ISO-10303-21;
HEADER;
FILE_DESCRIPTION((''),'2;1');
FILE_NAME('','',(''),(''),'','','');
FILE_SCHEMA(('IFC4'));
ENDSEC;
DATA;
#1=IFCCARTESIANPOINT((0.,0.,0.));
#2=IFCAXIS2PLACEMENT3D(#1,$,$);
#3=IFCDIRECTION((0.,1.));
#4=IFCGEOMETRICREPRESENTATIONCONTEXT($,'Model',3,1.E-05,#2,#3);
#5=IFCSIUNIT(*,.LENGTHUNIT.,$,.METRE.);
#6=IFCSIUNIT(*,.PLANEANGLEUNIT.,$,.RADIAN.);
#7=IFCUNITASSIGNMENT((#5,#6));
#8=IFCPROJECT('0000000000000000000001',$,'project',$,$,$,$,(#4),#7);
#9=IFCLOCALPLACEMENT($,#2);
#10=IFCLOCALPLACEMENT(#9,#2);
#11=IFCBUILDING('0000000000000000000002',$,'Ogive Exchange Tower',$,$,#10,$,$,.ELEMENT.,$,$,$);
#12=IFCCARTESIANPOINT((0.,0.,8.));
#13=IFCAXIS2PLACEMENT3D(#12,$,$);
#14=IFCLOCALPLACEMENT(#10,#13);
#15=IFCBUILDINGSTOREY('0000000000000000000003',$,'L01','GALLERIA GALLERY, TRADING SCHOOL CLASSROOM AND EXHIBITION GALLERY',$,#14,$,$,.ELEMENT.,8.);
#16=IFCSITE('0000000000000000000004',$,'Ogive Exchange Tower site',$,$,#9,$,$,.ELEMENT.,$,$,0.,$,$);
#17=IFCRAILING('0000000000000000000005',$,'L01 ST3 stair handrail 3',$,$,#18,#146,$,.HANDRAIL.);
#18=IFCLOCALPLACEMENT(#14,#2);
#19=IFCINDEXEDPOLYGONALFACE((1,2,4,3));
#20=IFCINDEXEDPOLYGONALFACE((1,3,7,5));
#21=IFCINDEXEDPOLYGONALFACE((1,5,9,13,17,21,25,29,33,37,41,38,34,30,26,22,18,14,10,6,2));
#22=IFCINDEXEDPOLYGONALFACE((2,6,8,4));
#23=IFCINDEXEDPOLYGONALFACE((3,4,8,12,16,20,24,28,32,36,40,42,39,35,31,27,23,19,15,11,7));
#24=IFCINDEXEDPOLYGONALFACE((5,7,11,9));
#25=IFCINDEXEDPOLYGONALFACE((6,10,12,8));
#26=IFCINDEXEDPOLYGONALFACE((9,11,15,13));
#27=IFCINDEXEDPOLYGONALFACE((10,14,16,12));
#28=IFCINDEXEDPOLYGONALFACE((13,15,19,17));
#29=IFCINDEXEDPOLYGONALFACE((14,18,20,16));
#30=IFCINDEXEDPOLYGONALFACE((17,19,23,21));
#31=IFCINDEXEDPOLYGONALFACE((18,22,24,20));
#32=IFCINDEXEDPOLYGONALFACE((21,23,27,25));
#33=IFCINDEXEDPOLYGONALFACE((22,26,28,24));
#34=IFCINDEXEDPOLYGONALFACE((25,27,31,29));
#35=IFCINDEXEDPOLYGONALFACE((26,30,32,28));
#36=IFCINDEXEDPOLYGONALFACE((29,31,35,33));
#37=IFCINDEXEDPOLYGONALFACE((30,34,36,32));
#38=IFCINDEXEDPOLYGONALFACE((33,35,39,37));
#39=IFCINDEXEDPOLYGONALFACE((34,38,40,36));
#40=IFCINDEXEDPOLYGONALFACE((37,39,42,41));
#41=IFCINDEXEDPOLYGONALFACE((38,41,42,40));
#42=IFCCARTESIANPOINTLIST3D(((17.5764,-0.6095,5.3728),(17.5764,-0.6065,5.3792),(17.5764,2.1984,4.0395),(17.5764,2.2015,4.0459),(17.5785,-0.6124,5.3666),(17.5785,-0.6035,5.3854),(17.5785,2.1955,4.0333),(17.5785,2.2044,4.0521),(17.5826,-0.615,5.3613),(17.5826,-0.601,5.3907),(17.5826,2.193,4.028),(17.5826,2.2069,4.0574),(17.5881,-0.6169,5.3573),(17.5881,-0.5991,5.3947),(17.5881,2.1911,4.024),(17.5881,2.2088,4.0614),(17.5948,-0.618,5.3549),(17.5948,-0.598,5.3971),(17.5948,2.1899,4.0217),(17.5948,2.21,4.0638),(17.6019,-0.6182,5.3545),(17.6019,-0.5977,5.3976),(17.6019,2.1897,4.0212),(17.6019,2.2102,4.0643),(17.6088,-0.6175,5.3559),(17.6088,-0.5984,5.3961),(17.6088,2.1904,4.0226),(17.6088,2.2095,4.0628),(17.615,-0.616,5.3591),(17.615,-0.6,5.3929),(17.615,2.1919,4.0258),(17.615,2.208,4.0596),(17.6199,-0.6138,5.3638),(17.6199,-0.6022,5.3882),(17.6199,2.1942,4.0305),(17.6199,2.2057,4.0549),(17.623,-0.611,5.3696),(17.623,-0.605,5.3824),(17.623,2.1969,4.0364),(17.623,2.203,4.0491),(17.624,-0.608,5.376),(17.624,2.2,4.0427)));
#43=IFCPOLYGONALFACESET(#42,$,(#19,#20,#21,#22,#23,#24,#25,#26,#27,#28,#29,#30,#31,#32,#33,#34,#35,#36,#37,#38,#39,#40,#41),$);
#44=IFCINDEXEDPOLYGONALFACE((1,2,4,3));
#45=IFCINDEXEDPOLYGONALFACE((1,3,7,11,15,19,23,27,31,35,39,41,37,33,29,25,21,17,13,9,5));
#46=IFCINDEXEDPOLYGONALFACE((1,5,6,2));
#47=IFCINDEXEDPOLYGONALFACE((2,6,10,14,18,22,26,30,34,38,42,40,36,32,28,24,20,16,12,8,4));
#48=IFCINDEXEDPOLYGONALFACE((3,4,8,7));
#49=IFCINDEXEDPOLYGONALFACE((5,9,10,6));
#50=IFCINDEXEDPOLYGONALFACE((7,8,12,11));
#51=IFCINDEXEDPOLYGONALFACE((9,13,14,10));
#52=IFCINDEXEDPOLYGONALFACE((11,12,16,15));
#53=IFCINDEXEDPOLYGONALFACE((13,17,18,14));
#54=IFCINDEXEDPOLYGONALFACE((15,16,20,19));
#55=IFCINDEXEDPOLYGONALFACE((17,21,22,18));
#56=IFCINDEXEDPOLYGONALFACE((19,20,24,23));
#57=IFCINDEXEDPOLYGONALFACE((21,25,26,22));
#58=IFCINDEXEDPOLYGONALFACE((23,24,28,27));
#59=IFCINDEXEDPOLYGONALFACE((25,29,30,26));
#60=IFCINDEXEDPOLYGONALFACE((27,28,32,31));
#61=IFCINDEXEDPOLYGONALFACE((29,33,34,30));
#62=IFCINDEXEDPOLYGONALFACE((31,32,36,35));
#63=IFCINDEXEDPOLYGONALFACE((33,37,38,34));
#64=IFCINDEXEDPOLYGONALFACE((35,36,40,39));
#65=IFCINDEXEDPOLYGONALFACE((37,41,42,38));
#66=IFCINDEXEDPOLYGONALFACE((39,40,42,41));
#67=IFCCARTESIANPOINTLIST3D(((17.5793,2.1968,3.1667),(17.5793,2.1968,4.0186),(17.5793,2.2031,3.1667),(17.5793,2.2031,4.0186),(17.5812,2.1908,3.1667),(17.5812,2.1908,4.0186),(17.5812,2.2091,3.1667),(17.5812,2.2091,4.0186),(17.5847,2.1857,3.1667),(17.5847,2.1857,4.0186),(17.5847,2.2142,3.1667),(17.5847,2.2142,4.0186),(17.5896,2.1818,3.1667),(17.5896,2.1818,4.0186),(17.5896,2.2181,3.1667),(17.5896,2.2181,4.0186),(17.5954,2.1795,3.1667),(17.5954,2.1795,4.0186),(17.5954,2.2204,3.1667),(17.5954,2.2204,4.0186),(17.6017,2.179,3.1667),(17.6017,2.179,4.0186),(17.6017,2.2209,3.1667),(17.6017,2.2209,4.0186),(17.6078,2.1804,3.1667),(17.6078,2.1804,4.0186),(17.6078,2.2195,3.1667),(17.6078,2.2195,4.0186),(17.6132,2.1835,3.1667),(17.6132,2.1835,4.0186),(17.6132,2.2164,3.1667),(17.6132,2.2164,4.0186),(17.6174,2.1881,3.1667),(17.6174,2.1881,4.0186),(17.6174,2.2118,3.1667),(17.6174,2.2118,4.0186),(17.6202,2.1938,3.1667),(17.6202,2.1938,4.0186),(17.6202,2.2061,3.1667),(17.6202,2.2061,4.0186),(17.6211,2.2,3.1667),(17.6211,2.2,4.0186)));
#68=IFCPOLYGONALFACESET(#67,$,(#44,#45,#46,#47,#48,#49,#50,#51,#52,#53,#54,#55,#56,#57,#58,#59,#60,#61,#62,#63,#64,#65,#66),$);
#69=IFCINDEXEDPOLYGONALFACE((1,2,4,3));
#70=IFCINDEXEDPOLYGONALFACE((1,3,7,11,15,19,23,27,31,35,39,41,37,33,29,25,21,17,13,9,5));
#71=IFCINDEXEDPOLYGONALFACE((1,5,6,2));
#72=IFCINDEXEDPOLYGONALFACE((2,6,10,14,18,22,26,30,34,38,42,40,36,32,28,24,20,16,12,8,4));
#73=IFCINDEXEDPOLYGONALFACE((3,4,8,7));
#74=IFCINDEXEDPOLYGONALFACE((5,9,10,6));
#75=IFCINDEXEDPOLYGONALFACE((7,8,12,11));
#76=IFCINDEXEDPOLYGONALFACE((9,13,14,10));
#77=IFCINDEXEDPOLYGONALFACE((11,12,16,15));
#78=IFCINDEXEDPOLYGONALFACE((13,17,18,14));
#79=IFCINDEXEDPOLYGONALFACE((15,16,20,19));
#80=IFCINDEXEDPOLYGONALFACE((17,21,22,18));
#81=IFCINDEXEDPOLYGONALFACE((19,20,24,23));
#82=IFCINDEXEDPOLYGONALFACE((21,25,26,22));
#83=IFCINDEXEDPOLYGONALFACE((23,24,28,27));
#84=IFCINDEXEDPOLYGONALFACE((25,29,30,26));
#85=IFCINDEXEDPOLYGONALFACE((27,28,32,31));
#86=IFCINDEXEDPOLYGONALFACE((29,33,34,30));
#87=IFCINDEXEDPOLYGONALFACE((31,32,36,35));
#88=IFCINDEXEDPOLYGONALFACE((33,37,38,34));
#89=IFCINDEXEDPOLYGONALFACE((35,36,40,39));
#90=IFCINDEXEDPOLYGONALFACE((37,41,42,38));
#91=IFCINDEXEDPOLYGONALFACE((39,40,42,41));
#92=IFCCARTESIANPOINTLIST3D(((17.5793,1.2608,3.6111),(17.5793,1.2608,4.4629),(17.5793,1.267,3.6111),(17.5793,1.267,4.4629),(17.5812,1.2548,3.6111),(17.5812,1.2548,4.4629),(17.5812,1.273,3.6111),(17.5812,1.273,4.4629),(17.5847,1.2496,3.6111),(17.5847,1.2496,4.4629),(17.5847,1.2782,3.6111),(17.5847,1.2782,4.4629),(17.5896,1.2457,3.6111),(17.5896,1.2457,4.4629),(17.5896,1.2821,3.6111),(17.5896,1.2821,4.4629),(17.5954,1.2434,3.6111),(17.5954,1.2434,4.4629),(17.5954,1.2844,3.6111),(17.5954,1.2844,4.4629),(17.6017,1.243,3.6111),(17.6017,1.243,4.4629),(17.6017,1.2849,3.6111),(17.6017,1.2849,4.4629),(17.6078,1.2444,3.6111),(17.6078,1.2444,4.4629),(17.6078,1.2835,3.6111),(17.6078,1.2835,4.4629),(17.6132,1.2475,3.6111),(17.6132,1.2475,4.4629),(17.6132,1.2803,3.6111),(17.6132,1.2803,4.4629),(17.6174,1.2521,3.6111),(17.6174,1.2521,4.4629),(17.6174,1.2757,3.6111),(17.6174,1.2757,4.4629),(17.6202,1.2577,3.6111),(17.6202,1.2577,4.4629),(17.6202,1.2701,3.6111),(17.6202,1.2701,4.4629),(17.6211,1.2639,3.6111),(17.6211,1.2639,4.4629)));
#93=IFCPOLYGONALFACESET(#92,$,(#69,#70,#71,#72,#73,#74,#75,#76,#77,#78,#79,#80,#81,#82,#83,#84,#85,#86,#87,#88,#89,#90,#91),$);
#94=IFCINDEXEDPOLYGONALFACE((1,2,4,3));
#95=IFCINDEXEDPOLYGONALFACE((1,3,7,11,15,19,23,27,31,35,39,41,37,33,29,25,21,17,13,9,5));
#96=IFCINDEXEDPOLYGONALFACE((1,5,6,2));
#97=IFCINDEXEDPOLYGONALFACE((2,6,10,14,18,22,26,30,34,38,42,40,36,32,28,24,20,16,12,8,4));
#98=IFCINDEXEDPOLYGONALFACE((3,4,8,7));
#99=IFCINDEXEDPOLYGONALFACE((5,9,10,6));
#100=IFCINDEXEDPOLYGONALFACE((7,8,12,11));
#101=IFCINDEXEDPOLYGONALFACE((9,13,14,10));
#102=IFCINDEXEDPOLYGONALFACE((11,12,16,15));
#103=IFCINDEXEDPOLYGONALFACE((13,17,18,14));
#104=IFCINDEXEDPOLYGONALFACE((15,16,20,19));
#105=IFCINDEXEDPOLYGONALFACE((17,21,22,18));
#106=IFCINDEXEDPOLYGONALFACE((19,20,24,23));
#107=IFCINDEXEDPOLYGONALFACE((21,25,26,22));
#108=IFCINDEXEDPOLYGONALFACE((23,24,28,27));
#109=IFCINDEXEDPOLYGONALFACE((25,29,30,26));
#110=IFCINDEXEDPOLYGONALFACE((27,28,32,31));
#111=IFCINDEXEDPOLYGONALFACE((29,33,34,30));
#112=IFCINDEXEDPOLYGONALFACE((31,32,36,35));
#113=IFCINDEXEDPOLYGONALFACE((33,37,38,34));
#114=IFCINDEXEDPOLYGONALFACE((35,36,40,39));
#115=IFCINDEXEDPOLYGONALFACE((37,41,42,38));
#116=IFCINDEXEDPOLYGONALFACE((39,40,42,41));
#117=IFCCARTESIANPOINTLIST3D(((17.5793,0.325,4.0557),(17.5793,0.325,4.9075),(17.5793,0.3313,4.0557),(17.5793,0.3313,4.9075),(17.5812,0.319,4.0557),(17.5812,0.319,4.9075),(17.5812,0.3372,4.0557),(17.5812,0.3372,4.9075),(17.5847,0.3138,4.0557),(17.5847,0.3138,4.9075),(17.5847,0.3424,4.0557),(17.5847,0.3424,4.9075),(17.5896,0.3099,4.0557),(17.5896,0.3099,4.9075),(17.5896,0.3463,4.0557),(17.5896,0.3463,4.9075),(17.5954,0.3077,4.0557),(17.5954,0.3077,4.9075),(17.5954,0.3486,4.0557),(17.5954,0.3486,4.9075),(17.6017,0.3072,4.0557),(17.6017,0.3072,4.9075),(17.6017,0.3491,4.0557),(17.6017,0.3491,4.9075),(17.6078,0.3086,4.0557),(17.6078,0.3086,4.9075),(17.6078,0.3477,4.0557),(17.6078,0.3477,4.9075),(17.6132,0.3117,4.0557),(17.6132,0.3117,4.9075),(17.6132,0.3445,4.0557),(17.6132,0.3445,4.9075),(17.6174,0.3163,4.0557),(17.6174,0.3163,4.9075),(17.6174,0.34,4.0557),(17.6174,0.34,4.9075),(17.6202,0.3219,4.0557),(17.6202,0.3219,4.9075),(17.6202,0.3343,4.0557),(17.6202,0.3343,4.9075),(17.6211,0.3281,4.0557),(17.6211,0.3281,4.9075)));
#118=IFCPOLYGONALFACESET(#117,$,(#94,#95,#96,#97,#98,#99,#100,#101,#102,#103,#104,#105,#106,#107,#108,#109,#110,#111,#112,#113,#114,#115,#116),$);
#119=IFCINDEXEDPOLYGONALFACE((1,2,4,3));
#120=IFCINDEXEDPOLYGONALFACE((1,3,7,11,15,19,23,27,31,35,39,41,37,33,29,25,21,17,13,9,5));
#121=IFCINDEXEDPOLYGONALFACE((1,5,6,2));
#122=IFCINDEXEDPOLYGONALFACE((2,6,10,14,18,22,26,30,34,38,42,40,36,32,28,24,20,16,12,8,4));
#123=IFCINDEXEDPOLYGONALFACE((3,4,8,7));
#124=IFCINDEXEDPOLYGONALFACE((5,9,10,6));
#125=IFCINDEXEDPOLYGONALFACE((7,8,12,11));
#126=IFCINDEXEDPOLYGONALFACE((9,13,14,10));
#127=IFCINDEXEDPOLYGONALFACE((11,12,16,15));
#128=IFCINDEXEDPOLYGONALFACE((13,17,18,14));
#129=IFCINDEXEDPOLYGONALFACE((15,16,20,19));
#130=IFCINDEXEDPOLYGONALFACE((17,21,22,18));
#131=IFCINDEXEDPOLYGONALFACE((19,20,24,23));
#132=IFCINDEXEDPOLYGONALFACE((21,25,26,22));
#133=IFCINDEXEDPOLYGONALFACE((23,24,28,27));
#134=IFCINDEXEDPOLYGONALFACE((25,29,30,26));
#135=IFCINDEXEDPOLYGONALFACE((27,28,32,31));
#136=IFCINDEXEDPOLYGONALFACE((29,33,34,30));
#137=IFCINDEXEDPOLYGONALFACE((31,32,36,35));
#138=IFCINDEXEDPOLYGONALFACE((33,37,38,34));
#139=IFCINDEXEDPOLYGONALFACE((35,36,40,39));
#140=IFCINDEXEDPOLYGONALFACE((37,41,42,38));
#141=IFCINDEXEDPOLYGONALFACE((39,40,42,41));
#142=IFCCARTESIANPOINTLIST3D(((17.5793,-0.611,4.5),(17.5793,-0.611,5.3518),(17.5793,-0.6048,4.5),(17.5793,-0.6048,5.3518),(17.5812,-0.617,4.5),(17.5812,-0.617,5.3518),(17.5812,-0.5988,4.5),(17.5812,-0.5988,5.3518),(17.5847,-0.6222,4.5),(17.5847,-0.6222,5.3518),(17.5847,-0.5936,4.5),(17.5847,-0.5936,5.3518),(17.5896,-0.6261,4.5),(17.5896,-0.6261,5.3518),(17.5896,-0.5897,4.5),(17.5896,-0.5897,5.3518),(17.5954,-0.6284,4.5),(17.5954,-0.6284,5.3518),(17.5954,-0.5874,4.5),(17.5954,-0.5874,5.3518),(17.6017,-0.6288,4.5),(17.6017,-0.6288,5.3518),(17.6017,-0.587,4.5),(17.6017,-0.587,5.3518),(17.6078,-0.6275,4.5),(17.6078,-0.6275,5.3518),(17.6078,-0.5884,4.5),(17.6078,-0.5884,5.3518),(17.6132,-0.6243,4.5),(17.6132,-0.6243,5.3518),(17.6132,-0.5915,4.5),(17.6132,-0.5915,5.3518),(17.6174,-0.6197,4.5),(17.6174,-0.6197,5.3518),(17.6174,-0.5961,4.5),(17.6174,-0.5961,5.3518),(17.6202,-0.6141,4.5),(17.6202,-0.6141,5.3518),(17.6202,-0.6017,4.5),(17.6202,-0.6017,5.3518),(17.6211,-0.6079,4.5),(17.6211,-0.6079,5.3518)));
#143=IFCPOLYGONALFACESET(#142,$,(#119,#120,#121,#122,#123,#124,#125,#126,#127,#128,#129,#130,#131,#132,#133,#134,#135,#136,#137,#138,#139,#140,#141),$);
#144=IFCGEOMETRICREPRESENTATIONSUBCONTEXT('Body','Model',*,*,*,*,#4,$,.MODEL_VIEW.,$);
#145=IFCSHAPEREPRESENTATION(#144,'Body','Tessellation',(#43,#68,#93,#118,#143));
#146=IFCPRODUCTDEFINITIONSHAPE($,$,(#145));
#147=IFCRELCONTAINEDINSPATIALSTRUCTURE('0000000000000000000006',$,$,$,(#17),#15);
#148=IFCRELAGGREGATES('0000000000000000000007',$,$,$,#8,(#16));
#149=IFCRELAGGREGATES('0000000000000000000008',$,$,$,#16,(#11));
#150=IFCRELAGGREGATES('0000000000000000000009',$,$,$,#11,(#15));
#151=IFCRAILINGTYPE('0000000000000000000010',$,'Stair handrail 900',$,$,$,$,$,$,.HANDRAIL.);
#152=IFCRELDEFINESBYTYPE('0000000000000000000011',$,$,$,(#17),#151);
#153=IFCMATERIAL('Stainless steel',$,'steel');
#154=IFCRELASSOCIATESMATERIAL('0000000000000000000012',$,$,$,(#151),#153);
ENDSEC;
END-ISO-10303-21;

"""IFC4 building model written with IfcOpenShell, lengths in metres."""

from ifc_helpers import new_model, si_unit, direction, frame, origin, origin_2d, place, context, subcontext, project, spatial, circle, extrude, material, type_object, element, save


model = new_model("IFC4")

# Units and contexts
model_context = context("Model", 3, precision=1e-05, world=origin(), true_north=direction((0.0, 1.0)))
body_context = subcontext(model_context, "Body", "Model", "MODEL_VIEW")
ifc_project = project(units=[si_unit("LENGTHUNIT", "METRE"), si_unit("PLANEANGLEUNIT", "RADIAN")], contexts=[model_context])

# Site, building, storey
site_placement = place(None, origin())
site = spatial("IfcSite", under=ifc_project, at=site_placement, Name="Ogive Exchange Tower site", CompositionType="ELEMENT", RefElevation=0.0)
building_placement = place(site_placement, origin())
building = spatial("IfcBuilding", under=site, at=building_placement, Name="Ogive Exchange Tower", CompositionType="ELEMENT")
storey_placement = place(building_placement, frame((0.0, 0.0, 8.0)))
storey = spatial("IfcBuildingStorey", under=building, at=storey_placement, Name="L01", Description="GALLERIA GALLERY, TRADING SCHOOL CLASSROOM AND EXHIBITION GALLERY", CompositionType="ELEMENT", Elevation=8.0)

# Railing
ifc_material_1 = material(Name="Stainless steel", Category="steel")
railing_type = type_object("IfcRailingType", Name="Stair handrail 900", PredefinedType="HANDRAIL", material=ifc_material_1)
railing_1_placement = place(storey_placement, frame((17.6001, 2.2, 3.1667)))
element("IfcRailing", 1, at=railing_1_placement, inside=storey, type_object=railing_type, Name="L01 ST3 stair handrail 3", PredefinedType="HANDRAIL", context=body_context, shape_type="SweptSolid", body=[
    extrude(circle(Radius=0.0239, at=origin_2d()), frame((0.0, 0.0, 0.876), z_axis=(0.0, -0.903338, 0.42893), x_axis=(1.0, 0.0, 0.0)), (0.0, 0.0, 1.0), 3.1084),
    extrude(circle(Radius=0.021, at=origin_2d()), origin(), (0.0, 0.0, 1.0), 0.8518),
    extrude(circle(Radius=0.021, at=origin_2d()), frame((0.0, -0.936, 0.4443)), (0.0, 0.0, 1.0), 0.8518),
    extrude(circle(Radius=0.021, at=origin_2d()), frame((0.0, -1.8718, 0.8889)), (0.0, 0.0, 1.0), 0.8518),
    extrude(circle(Radius=0.021, at=origin_2d()), frame((0.0, -2.8079, 1.3333)), (0.0, 0.0, 1.0), 0.8518),
])

save(model, "model.ifc")
